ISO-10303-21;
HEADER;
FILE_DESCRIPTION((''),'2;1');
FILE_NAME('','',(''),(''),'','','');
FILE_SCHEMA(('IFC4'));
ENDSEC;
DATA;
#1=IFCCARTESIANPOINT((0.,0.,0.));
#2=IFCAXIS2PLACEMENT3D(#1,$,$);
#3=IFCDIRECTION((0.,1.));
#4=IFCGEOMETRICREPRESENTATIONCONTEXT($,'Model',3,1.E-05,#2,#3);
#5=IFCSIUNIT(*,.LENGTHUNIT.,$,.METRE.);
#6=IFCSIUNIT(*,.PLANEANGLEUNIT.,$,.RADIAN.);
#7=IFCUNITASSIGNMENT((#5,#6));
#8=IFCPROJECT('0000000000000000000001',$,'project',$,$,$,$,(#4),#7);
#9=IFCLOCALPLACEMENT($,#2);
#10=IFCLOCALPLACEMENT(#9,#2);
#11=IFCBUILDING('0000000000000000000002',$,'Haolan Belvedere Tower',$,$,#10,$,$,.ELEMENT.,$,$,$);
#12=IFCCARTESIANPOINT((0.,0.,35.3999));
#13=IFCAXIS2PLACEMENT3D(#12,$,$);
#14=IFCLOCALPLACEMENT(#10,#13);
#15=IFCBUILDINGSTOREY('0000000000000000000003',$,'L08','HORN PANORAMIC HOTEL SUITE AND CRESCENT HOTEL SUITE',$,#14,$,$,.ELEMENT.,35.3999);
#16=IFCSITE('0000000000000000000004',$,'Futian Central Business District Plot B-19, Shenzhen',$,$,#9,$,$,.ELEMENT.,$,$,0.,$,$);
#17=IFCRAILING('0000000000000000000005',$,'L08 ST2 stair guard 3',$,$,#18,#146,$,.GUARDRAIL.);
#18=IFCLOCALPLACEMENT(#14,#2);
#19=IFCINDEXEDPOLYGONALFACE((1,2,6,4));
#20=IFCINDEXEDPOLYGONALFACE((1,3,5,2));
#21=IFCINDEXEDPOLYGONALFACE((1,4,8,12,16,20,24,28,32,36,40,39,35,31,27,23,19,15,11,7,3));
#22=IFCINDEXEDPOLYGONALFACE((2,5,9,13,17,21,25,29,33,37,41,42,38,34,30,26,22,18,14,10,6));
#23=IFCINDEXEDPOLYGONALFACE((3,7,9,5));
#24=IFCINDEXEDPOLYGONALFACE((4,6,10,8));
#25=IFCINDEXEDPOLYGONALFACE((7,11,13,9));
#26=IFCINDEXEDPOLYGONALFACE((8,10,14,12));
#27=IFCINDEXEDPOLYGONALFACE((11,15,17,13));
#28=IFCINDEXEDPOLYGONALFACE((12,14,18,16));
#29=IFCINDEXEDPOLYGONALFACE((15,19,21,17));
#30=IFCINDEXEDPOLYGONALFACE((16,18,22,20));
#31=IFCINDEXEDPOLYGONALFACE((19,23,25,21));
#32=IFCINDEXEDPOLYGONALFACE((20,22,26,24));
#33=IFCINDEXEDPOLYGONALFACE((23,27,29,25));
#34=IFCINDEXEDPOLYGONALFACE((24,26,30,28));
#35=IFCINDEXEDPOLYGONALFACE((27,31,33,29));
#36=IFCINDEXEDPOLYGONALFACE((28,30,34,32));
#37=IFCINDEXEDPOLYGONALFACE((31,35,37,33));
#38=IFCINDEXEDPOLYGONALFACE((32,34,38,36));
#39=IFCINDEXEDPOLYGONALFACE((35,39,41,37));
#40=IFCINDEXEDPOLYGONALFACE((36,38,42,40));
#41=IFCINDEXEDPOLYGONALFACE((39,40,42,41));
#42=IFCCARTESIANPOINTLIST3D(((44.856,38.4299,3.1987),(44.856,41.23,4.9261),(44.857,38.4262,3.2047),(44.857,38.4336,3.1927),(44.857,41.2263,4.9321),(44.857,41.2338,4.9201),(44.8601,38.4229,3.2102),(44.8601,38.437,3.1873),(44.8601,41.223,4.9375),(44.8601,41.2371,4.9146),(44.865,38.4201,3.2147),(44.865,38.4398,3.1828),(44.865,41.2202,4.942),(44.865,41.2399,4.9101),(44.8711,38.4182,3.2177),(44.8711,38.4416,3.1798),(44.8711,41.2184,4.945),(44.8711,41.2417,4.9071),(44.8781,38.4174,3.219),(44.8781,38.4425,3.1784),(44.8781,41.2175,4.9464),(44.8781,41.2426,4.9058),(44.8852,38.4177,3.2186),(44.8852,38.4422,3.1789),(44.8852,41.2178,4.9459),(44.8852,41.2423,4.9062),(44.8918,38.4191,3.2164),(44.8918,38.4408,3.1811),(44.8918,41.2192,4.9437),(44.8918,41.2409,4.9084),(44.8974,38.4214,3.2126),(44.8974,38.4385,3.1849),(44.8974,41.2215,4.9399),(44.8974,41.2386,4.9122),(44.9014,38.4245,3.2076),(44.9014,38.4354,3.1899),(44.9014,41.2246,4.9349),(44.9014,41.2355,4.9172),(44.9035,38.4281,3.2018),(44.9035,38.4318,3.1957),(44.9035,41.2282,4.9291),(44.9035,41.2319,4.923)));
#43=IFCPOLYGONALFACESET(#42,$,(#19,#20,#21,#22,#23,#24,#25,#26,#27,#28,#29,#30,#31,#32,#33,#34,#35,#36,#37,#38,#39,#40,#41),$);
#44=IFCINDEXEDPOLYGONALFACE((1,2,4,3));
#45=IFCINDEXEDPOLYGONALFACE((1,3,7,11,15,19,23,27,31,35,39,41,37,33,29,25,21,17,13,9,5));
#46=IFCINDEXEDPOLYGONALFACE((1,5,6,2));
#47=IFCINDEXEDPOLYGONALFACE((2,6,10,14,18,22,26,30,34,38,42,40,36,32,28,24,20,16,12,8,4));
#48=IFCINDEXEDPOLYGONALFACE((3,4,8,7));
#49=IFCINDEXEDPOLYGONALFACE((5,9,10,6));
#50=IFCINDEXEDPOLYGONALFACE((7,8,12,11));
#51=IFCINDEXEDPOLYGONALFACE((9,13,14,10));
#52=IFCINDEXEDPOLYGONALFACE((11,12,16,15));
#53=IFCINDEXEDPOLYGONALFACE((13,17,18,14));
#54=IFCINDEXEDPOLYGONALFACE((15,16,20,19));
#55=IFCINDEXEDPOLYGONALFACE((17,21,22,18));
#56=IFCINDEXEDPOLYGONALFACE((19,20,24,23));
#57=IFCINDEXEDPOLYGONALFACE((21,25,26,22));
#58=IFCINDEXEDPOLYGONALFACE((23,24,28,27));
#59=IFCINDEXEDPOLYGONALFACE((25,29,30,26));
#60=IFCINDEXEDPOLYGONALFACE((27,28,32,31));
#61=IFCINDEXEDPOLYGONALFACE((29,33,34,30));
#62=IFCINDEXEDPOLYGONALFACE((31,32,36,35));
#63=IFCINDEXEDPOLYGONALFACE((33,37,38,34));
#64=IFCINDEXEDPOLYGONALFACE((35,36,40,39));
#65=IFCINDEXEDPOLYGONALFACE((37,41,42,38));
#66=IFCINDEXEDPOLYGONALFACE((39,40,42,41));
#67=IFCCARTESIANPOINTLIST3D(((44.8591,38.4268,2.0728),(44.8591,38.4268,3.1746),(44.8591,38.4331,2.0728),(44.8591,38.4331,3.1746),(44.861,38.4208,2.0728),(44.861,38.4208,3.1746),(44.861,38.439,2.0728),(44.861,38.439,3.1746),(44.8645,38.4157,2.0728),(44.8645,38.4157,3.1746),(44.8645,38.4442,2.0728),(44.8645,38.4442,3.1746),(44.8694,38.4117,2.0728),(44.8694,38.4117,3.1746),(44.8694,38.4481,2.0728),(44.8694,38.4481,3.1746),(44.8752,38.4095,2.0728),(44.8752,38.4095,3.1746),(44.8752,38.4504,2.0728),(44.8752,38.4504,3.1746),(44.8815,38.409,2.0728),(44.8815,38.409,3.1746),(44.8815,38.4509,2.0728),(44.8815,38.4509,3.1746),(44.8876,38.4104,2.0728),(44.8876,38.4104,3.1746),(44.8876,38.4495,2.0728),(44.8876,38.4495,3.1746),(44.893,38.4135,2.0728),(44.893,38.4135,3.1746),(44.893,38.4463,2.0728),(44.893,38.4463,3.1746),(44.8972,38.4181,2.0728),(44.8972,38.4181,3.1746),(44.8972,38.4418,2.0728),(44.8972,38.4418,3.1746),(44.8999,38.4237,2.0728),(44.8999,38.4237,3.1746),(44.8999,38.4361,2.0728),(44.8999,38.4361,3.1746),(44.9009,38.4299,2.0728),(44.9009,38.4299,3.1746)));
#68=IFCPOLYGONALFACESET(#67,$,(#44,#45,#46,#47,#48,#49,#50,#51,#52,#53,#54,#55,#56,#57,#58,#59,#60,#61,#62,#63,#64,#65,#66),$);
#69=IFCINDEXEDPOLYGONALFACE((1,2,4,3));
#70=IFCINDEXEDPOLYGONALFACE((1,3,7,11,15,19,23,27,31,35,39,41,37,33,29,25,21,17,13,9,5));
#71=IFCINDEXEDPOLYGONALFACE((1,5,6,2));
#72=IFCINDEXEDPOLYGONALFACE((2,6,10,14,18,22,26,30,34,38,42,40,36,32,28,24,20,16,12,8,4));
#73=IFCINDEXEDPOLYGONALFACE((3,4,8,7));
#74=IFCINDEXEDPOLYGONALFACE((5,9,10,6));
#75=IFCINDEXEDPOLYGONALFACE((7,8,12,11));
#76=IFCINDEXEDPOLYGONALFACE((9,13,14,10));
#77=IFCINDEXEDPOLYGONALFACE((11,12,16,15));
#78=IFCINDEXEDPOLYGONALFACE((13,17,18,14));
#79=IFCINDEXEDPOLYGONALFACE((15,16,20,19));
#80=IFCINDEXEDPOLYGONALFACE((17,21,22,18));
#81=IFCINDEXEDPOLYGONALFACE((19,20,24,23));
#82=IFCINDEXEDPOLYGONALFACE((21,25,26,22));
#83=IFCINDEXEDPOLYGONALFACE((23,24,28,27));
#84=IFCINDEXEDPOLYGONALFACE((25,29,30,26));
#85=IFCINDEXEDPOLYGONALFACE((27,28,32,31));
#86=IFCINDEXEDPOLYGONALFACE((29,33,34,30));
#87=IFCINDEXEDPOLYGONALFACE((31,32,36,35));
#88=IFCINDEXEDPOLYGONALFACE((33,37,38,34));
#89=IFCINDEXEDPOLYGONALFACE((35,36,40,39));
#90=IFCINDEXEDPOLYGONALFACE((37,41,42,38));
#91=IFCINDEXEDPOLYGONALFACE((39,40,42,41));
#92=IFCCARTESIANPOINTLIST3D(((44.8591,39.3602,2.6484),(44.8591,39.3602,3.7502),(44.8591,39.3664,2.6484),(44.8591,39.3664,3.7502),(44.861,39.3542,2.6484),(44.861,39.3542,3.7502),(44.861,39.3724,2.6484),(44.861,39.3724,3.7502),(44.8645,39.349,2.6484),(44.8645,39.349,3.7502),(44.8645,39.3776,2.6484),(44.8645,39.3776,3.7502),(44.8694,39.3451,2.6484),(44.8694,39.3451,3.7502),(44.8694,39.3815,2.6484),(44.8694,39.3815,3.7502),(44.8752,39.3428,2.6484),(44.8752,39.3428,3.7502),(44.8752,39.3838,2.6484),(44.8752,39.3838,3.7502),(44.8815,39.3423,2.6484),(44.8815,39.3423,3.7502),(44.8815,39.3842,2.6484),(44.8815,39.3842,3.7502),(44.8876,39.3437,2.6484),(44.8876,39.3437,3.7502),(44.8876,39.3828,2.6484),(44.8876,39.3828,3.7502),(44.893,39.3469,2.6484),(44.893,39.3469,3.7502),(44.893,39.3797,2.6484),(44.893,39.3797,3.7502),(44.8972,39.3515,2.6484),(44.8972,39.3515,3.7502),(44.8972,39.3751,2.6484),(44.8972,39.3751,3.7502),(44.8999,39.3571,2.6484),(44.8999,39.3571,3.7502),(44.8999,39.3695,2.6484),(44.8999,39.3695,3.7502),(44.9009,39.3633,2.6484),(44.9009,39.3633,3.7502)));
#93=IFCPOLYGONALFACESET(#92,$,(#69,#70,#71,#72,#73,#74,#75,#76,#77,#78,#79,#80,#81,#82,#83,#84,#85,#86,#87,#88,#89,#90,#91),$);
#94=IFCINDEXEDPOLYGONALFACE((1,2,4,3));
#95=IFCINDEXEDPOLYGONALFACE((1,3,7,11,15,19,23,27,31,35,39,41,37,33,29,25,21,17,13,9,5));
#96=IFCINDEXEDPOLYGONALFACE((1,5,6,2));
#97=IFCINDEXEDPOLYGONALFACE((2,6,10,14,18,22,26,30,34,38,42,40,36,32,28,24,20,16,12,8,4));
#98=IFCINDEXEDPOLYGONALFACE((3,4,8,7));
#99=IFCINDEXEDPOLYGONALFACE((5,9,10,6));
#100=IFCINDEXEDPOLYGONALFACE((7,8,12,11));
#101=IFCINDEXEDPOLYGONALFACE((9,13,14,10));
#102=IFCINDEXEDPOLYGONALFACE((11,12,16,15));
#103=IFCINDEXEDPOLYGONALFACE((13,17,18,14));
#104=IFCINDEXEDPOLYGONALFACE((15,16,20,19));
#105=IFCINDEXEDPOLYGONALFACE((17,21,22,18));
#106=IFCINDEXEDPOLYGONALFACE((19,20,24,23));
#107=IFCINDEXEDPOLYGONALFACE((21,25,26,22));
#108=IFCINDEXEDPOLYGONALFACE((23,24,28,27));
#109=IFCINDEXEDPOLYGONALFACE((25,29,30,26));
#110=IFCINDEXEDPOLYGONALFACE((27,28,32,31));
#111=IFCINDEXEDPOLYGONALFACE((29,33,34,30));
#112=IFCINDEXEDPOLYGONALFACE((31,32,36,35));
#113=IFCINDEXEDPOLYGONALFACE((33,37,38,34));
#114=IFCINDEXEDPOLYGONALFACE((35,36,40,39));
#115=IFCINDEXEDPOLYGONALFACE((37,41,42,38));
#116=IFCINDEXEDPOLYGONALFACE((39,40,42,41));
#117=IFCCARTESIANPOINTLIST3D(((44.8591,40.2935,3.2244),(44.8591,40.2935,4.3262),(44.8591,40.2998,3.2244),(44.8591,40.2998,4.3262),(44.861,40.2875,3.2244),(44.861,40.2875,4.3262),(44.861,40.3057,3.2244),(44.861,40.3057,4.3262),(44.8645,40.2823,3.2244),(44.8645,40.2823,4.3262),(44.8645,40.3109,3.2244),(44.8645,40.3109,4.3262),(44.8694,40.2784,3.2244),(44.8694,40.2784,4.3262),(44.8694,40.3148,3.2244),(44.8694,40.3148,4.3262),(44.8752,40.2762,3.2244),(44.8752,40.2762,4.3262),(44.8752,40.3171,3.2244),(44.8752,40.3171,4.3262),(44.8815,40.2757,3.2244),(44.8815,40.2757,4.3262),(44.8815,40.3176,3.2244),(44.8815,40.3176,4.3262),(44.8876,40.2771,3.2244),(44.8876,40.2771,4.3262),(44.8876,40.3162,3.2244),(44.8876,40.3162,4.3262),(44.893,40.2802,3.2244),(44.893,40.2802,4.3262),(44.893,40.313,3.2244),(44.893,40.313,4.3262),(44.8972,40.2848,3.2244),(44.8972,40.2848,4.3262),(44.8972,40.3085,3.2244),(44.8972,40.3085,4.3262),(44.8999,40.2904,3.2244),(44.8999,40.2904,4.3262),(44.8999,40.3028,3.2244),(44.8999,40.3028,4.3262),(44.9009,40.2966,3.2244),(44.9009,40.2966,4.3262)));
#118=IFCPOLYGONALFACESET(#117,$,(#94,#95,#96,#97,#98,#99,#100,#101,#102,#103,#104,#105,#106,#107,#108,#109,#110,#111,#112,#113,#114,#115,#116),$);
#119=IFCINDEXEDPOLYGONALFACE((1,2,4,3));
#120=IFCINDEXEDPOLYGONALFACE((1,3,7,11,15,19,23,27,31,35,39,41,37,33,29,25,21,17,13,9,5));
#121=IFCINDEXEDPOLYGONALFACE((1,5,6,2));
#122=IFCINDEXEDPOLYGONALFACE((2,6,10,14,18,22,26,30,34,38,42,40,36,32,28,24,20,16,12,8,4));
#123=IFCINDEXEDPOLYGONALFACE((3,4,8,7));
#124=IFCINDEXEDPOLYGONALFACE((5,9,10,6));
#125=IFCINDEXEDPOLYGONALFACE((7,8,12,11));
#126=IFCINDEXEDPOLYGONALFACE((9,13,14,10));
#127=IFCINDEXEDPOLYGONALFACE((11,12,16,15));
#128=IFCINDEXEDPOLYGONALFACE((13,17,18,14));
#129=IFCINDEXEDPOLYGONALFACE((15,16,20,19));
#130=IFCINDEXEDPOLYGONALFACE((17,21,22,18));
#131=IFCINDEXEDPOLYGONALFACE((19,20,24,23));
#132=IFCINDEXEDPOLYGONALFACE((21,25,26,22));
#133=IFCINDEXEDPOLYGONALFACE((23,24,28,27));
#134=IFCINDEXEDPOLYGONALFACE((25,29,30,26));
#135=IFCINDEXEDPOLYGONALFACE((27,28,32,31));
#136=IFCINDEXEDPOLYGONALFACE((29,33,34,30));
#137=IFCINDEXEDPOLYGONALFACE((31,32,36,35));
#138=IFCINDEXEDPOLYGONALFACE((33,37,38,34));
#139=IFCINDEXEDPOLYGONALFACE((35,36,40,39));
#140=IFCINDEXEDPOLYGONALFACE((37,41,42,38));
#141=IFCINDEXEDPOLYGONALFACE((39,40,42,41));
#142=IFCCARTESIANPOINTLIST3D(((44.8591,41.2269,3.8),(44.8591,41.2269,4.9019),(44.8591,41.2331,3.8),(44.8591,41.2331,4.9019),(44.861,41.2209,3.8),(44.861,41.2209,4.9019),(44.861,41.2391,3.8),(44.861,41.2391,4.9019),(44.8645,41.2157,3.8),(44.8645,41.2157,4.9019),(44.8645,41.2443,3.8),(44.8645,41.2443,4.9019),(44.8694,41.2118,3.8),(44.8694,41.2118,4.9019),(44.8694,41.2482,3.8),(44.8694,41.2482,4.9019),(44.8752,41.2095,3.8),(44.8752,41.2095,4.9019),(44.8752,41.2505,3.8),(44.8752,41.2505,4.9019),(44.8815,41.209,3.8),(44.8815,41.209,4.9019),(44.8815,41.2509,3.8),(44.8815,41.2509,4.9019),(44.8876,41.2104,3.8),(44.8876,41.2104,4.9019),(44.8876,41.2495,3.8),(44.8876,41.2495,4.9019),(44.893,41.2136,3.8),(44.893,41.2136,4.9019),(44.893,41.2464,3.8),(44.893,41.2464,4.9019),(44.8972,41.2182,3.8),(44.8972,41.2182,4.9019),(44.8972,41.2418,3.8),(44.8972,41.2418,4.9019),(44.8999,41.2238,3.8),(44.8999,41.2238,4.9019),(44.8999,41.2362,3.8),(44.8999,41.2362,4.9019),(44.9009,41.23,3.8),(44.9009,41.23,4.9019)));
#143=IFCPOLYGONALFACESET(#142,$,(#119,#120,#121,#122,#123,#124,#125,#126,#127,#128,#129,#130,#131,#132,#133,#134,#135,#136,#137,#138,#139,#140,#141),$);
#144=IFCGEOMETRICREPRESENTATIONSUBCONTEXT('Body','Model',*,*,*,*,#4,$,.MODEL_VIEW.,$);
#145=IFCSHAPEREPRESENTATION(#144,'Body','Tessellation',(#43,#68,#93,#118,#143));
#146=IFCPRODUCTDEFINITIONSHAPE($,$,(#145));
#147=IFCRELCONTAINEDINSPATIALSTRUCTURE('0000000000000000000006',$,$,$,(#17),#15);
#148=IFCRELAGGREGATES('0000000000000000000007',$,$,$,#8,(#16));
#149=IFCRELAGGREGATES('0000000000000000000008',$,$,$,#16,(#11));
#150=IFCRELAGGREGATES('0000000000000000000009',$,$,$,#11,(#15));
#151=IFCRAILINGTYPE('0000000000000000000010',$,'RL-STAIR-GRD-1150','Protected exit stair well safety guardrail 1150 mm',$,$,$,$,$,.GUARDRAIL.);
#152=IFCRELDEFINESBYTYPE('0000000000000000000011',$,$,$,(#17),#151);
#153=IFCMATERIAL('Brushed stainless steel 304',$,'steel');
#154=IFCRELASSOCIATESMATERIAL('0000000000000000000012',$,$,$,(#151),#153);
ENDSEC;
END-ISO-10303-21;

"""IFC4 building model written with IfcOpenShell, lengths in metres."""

from ifc_helpers import new_model, si_unit, direction, frame, origin, origin_2d, place, context, subcontext, project, spatial, circle, extrude, material, type_object, element, save


model = new_model("IFC4")

# Units and contexts
model_context = context("Model", 3, precision=1e-05, world=origin(), true_north=direction((0.0, 1.0)))
body_context = subcontext(model_context, "Body", "Model", "MODEL_VIEW")
ifc_project = project(units=[si_unit("LENGTHUNIT", "METRE"), si_unit("PLANEANGLEUNIT", "RADIAN")], contexts=[model_context])

# Site, building, storey
site_placement = place(None, origin())
site = spatial("IfcSite", under=ifc_project, at=site_placement, Name="Futian Central Business District Plot B-19, Shenzhen", CompositionType="ELEMENT", RefElevation=0.0)
building_placement = place(site_placement, origin())
building = spatial("IfcBuilding", under=site, at=building_placement, Name="Haolan Belvedere Tower", CompositionType="ELEMENT")
storey_placement = place(building_placement, frame((0.0, 0.0, 35.3999)))
storey = spatial("IfcBuildingStorey", under=building, at=storey_placement, Name="L08", Description="HORN PANORAMIC HOTEL SUITE AND CRESCENT HOTEL SUITE", CompositionType="ELEMENT", Elevation=35.3999)

# Railing
ifc_material_1 = material(Name="Brushed stainless steel 304", Category="steel")
railing_type_1 = type_object("IfcRailingType", Name="RL-STAIR-GRD-1150", Description="Protected exit stair well safety guardrail 1150 mm", PredefinedType="GUARDRAIL", material=ifc_material_1)
railing_1_placement = place(storey_placement, frame((44.8799, 38.4299, 2.0728)))
element("IfcRailing", 1, at=railing_1_placement, inside=storey, type_object=railing_type_1, Name="L08 ST2 stair guard 3", PredefinedType="GUARDRAIL", context=body_context, shape_type="SweptSolid", body=[
    extrude(circle(Radius=0.0239, at=origin_2d()), frame((0.0, 0.0, 1.126), z_axis=(0.0, 0.85109, 0.52502), x_axis=(-1.0, 0.0, 0.0)), (0.0, 0.0, 1.0), 3.29),
    extrude(circle(Radius=0.021, at=origin_2d()), origin(), (0.0, 0.0, 1.0), 1.1018),
    extrude(circle(Radius=0.021, at=origin_2d()), frame((0.0, 0.9333, 0.5757)), (0.0, 0.0, 1.0), 1.1018),
    extrude(circle(Radius=0.021, at=origin_2d()), frame((0.0, 1.8667, 1.1516)), (0.0, 0.0, 1.0), 1.1018),
    extrude(circle(Radius=0.021, at=origin_2d()), frame((0.0, 2.8, 1.7273)), (0.0, 0.0, 1.0), 1.1018),
])

save(model, "model.ifc")
